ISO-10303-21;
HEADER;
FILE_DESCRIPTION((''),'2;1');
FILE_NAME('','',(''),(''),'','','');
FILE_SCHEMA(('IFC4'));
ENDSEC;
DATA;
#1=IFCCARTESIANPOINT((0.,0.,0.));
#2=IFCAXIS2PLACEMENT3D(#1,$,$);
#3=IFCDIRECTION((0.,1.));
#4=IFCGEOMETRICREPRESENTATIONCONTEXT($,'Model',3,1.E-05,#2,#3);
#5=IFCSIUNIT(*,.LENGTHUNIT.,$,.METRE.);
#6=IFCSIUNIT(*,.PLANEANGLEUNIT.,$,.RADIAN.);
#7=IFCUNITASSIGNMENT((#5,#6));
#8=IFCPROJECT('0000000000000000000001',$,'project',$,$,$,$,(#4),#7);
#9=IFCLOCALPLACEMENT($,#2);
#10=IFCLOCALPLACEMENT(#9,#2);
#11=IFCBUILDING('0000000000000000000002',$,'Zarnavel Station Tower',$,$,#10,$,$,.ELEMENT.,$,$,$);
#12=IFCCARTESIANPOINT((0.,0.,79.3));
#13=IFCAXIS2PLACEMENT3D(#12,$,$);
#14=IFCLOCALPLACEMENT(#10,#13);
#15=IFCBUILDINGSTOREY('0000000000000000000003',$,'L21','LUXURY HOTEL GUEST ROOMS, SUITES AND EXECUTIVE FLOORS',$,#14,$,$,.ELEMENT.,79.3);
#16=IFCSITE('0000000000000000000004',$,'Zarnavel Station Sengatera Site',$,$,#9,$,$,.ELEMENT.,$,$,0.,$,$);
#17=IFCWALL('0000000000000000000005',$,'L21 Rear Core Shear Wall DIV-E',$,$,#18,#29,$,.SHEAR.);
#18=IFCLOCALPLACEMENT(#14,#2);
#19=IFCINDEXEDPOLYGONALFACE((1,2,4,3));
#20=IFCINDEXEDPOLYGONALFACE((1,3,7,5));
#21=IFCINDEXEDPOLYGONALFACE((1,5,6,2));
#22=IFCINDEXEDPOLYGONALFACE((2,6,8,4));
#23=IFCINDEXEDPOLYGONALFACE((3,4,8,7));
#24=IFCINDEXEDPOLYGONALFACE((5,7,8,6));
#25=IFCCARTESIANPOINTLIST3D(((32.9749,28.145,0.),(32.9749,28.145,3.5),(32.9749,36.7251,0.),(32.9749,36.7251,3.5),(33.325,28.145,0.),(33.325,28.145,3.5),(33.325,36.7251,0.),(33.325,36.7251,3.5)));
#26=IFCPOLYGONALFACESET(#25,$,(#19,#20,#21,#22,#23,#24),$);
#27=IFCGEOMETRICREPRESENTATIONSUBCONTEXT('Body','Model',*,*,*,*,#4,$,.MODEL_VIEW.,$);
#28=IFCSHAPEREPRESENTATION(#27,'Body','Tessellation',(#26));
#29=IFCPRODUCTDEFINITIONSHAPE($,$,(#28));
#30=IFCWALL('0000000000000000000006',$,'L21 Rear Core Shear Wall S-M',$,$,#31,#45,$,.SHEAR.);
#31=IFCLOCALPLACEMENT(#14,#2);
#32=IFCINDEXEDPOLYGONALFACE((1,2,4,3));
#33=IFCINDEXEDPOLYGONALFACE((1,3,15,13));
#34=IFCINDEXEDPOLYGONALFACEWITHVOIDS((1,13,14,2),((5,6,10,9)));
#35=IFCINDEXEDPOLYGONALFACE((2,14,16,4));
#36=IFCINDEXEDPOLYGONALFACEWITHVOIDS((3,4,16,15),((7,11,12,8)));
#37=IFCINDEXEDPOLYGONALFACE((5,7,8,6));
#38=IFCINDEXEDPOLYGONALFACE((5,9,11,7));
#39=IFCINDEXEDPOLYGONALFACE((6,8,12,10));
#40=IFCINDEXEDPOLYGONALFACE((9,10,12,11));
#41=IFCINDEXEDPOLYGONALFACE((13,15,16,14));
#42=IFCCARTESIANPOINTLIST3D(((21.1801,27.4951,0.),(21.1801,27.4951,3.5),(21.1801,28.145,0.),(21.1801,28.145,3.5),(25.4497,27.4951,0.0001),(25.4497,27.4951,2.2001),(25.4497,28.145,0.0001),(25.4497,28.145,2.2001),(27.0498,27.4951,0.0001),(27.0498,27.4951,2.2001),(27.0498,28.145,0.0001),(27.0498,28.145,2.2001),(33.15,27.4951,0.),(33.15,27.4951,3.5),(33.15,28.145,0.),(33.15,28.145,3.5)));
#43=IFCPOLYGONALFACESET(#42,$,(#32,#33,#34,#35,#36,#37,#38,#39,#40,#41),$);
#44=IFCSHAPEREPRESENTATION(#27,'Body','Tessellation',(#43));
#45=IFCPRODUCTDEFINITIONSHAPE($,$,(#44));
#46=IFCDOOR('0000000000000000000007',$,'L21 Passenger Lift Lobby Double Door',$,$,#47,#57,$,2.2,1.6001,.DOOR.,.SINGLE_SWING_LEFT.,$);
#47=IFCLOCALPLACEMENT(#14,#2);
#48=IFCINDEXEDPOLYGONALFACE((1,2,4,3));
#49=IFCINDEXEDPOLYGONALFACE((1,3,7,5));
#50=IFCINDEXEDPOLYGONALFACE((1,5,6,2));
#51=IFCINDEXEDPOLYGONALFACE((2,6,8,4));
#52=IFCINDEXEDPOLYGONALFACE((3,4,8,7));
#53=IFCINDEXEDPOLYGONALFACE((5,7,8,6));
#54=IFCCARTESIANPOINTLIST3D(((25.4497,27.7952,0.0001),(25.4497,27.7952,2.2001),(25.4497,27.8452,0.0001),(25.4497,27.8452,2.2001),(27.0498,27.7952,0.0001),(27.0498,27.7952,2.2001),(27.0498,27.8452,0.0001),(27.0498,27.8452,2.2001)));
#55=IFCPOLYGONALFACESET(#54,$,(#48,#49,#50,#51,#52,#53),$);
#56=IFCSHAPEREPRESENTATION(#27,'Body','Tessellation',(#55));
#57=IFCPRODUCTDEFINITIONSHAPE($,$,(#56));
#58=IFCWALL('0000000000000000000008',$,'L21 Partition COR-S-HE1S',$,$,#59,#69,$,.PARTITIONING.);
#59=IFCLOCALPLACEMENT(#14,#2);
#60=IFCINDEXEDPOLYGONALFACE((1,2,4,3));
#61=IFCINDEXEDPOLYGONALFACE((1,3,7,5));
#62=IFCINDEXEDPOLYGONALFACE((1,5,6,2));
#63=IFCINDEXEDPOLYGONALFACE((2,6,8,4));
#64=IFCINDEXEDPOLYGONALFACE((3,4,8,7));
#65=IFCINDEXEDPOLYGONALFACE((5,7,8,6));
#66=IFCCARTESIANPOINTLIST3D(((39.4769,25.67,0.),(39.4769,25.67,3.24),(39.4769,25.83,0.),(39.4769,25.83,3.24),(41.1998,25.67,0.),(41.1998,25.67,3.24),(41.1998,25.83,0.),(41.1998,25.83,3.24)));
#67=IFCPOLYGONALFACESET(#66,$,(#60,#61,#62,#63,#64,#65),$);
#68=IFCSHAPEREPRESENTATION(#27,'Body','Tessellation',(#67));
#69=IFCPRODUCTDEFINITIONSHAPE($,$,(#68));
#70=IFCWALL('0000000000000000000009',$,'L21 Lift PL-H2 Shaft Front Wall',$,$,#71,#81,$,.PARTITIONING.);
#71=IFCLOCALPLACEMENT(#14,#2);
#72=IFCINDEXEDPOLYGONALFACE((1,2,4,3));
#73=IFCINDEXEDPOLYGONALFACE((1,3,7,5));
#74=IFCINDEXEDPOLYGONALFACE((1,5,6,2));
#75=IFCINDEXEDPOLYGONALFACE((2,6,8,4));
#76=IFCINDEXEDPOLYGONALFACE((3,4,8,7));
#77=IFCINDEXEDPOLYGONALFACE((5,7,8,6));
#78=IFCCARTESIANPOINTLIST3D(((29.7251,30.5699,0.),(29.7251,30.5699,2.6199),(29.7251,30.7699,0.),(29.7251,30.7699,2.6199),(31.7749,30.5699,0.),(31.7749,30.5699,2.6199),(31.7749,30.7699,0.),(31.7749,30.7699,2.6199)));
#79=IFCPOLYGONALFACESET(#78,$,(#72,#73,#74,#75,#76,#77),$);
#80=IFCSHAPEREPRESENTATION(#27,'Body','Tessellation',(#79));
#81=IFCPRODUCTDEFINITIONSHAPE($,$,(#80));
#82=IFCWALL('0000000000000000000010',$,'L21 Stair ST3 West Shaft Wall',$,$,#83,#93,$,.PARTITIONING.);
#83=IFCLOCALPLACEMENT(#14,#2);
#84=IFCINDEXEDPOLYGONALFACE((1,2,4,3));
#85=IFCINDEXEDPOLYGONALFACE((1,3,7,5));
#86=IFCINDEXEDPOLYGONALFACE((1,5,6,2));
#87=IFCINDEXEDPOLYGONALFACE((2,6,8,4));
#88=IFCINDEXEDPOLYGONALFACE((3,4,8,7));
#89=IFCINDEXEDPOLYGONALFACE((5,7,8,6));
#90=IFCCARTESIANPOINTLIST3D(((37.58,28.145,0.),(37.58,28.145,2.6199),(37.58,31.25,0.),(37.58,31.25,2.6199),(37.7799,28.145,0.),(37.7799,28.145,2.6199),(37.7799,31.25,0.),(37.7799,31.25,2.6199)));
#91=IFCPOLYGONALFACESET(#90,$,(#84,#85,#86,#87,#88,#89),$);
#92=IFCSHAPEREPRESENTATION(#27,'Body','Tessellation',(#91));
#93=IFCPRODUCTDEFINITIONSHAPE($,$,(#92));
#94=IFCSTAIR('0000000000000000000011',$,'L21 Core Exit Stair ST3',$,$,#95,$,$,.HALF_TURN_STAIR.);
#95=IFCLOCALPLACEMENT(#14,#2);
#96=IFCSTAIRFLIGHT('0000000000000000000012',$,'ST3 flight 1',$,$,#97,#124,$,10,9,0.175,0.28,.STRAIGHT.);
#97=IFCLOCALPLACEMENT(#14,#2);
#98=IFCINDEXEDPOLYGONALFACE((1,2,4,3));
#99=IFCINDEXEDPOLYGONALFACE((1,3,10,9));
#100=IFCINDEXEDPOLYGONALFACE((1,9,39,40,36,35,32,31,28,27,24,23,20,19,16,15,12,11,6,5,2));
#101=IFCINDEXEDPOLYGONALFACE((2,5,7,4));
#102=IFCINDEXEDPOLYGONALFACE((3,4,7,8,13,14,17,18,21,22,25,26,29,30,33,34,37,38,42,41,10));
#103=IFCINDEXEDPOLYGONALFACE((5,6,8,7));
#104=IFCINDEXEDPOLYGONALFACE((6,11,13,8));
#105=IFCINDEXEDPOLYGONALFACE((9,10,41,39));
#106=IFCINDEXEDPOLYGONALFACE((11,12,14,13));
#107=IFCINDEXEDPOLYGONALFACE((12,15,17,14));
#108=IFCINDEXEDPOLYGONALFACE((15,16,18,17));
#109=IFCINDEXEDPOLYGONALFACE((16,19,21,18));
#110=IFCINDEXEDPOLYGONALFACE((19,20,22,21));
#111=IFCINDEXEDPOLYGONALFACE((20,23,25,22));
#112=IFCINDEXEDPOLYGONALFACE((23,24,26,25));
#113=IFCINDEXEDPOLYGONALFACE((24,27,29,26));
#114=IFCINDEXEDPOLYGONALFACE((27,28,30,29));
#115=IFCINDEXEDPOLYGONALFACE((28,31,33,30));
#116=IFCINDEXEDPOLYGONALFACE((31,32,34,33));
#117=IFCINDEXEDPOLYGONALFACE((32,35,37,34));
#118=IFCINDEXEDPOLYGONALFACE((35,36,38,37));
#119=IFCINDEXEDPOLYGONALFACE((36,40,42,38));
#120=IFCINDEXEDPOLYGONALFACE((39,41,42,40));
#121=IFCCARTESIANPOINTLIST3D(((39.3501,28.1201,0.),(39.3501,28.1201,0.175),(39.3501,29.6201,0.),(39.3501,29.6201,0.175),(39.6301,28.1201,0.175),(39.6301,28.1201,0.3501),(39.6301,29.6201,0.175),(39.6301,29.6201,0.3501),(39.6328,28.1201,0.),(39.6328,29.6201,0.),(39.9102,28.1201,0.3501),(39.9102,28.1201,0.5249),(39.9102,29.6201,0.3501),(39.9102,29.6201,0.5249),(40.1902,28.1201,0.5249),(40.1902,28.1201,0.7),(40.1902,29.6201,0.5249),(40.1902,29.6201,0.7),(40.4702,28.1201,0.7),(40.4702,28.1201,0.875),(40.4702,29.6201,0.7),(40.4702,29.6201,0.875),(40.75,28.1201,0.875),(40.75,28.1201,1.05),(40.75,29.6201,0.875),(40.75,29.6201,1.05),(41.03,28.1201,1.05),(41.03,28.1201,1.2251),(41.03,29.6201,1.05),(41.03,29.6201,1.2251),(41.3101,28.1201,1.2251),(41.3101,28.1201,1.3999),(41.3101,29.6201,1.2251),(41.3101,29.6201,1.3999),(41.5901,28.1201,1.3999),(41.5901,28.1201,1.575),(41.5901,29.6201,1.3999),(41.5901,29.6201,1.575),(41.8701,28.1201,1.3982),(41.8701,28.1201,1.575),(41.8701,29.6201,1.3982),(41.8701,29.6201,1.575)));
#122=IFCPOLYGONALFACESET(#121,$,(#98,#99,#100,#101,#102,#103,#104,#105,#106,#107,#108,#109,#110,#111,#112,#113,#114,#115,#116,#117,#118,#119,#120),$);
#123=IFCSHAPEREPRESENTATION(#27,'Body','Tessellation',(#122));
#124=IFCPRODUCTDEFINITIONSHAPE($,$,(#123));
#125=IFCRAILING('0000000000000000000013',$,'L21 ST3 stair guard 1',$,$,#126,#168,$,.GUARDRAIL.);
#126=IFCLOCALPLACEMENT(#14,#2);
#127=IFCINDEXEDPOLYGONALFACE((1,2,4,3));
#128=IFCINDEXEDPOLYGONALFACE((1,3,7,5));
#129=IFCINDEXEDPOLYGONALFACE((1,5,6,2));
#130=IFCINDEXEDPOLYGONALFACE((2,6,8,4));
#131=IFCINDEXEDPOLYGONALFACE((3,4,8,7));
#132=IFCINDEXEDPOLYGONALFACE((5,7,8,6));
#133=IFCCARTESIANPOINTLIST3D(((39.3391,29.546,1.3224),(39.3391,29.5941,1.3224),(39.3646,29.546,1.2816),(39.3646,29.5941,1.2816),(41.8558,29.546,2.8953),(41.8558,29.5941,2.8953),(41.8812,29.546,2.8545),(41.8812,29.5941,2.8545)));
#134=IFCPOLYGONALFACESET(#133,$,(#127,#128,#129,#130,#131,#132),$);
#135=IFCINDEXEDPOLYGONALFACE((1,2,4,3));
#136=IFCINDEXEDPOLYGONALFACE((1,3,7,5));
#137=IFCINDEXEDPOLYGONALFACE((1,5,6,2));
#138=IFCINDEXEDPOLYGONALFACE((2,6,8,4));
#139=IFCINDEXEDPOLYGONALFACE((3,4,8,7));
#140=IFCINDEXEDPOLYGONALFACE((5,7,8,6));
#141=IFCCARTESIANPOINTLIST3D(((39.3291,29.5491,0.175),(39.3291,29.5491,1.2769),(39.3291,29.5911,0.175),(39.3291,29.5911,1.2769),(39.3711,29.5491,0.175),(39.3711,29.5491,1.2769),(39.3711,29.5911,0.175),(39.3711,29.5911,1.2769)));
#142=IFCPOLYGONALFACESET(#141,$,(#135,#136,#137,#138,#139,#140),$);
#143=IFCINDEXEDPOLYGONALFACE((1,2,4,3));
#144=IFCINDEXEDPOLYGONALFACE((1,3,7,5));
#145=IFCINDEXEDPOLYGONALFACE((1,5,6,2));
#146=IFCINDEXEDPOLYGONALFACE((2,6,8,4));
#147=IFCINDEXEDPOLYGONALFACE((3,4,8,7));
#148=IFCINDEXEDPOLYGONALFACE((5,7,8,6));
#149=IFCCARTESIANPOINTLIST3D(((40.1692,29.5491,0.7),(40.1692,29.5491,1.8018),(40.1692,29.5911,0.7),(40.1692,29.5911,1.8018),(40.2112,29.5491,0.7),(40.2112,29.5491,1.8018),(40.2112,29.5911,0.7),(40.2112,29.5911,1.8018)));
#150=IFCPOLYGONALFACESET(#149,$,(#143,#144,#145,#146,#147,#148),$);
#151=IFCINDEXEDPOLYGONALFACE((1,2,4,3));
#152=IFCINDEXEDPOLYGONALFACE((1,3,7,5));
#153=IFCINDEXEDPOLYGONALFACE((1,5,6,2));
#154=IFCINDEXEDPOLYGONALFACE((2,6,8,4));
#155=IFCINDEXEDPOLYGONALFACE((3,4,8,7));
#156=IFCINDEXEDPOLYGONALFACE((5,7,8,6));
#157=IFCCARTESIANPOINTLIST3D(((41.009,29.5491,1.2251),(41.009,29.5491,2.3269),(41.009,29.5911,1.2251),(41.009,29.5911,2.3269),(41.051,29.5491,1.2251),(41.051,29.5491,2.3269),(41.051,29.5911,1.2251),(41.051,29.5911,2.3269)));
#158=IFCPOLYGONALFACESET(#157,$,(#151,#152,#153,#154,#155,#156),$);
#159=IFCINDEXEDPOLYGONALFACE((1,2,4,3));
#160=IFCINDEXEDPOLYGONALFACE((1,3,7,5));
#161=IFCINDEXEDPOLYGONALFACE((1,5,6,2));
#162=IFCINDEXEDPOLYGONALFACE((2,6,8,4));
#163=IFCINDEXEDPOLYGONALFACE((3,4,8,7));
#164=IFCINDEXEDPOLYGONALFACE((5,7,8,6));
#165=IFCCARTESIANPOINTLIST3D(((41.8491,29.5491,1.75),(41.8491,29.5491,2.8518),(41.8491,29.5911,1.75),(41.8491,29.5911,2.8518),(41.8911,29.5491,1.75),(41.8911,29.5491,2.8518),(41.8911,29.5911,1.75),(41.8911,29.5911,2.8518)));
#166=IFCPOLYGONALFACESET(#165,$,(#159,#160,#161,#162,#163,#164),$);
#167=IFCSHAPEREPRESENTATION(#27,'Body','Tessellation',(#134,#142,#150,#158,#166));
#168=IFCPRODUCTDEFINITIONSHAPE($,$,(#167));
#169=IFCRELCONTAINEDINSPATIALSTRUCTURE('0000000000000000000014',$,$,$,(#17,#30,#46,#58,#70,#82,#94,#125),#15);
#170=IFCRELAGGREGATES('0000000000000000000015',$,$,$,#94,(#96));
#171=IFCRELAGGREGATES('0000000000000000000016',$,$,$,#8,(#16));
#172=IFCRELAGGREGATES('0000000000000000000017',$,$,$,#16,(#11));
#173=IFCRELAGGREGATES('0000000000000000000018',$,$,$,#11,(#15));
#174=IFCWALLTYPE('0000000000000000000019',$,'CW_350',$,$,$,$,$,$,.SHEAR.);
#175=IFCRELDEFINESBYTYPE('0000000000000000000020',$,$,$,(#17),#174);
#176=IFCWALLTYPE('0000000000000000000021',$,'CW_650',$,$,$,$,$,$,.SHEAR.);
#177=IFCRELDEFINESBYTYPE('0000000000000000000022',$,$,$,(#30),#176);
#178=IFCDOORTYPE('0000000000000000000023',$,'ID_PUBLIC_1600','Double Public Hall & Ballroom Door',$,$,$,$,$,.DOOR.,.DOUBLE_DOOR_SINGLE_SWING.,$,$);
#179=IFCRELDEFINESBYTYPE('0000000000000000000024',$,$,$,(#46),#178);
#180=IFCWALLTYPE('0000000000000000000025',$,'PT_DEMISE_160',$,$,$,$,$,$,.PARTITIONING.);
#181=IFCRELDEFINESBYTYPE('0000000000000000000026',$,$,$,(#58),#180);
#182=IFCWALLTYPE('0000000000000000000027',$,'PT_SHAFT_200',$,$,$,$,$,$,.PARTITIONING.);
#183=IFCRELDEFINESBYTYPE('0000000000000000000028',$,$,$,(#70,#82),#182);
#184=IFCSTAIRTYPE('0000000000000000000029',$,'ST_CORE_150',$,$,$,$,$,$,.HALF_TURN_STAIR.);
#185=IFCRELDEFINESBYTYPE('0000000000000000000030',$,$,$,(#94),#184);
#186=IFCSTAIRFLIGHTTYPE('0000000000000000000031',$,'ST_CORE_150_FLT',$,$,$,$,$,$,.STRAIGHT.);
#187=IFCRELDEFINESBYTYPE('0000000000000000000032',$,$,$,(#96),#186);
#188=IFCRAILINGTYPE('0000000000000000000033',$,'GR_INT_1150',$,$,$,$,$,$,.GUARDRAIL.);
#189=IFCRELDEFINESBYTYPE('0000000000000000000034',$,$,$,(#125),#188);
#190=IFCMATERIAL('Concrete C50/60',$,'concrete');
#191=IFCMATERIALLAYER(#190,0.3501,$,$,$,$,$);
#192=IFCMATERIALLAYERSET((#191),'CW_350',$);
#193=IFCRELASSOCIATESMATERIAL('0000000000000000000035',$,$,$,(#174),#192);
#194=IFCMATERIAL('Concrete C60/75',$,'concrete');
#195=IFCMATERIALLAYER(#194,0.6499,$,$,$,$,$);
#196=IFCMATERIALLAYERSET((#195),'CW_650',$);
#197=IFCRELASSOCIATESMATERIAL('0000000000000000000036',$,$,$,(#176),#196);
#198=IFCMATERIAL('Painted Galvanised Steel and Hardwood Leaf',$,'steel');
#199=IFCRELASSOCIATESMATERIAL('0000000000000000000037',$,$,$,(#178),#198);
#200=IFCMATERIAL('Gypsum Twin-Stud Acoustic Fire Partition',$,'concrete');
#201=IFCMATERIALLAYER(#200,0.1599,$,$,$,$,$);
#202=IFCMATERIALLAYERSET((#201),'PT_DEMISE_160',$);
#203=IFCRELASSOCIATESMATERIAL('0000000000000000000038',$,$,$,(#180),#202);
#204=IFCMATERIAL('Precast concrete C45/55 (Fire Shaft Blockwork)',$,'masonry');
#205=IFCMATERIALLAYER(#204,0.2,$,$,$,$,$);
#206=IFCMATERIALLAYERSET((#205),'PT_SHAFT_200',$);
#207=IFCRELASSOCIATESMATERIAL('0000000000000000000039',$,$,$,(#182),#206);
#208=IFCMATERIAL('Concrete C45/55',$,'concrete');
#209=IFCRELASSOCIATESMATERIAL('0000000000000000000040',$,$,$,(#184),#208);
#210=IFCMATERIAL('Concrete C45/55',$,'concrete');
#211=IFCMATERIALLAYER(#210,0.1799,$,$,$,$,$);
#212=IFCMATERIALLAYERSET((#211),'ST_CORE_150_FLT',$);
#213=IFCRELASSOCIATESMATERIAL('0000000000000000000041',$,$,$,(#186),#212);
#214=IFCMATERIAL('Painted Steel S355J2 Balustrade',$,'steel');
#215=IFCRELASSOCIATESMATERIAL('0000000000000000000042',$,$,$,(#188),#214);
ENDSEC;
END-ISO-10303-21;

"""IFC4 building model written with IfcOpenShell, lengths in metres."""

from ifc_helpers import new_model, si_unit, direction, frame, frame_2d, origin, origin_2d, place, context, subcontext, project, spatial, polyline, rectangle, outline, extrude, material, layer, layer_set, type_object, element, fill, aggregate, save


model = new_model("IFC4")

# Units and contexts
model_context = context("Model", 3, precision=1e-05, world=origin(), true_north=direction((0.0, 1.0)))
body_context = subcontext(model_context, "Body", "Model", "MODEL_VIEW")
ifc_project = project(units=[si_unit("LENGTHUNIT", "METRE"), si_unit("PLANEANGLEUNIT", "RADIAN")], contexts=[model_context])

# Site, building, storey
site_placement = place(None, origin())
site = spatial("IfcSite", under=ifc_project, at=site_placement, Name="Zarnavel Station Sengatera Site", CompositionType="ELEMENT", RefElevation=0.0)
building_placement = place(site_placement, origin())
building = spatial("IfcBuilding", under=site, at=building_placement, Name="Zarnavel Station Tower", CompositionType="ELEMENT")
storey_placement = place(building_placement, frame((0.0, 0.0, 79.3)))
storey = spatial("IfcBuildingStorey", under=building, at=storey_placement, Name="L21", Description="LUXURY HOTEL GUEST ROOMS, SUITES AND EXECUTIVE FLOORS", CompositionType="ELEMENT", Elevation=79.3)

# Wall
ifc_material_1 = material(Name="Concrete C50/60", Category="concrete")
ifc_layer_1 = layer(ifc_material_1, 0.3501)
ifc_layer_set_1 = layer_set([ifc_layer_1], Name="CW_350")
wall_type_1 = type_object("IfcWallType", Name="CW_350", PredefinedType="SHEAR", material=ifc_layer_set_1)
wall_1_placement = place(storey_placement, frame((33.1499, 28.145, 0.0), z_axis=(0.0, 0.0, 1.0), x_axis=(0.0, 1.0, 0.0)))
element("IfcWall", 1, at=wall_1_placement, inside=storey, type_object=wall_type_1, Name="L21 Rear Core Shear Wall DIV-E", PredefinedType="SHEAR", context=body_context, shape_type="SweptSolid", body=[
    extrude(rectangle(XDim=8.5801, YDim=0.3501, at=frame_2d((4.29, 0.0))), origin(), (0.0, 0.0, 1.0), 3.5),
])

# Wall, opening, door
ifc_material_2 = material(Name="Concrete C60/75", Category="concrete")
ifc_layer_2 = layer(ifc_material_2, 0.6499)
ifc_layer_set_2 = layer_set([ifc_layer_2], Name="CW_650")
wall_type_2 = type_object("IfcWallType", Name="CW_650", PredefinedType="SHEAR", material=ifc_layer_set_2)
wall_2_placement = place(storey_placement, frame((33.1499, 27.8201, 0.0), z_axis=(0.0, 0.0, 1.0), x_axis=(-1.0, 0.0, 0.0)))
wall_2 = element("IfcWall", 2, at=wall_2_placement, inside=storey, type_object=wall_type_2, Name="L21 Rear Core Shear Wall S-M", PredefinedType="SHEAR", context=body_context, shape_type="SweptSolid", body=[
    extrude(rectangle(XDim=11.97, YDim=0.6499, at=frame_2d((5.9849, 0.0))), origin(), (0.0, 0.0, 1.0), 3.5),
])
opening_1_placement = place(wall_2_placement, frame((6.1001, 0.0, 0.0)))
opening_1 = element("IfcOpeningElement", 3, at=opening_1_placement, cuts=wall_2, PredefinedType="OPENING", context=body_context, shape_type="SweptSolid", body=[
    extrude(rectangle(XDim=1.6001, YDim=2.2, at=frame_2d((0.8, 1.1001))), frame((0.0, 0.335, 0.0), z_axis=(0.0, -1.0, 0.0), x_axis=(1.0, 0.0, 0.0)), (0.0, 0.0, 1.0), 0.6699),
])
ifc_material_3 = material(Name="Painted Galvanised Steel and Hardwood Leaf", Category="steel")
door_type_1 = type_object("IfcDoorType", Name="ID_PUBLIC_1600", Description="Double Public Hall & Ballroom Door", OperationType="DOUBLE_DOOR_SINGLE_SWING", PredefinedType="DOOR", material=ifc_material_3)
door_1_placement = place(opening_1_placement, origin())
door_1 = element("IfcDoor", 4, at=door_1_placement, inside=storey, type_object=door_type_1, Name="L21 Passenger Lift Lobby Double Door", OperationType="SINGLE_SWING_LEFT", OverallHeight=2.2, OverallWidth=1.6001, PredefinedType="DOOR", context=body_context, shape_type="SweptSolid", body=[
    extrude(rectangle(XDim=1.6001, YDim=2.2, at=frame_2d((0.8, 1.1001))), frame((0.0, 0.0249, 0.0), z_axis=(0.0, -1.0, 0.0), x_axis=(1.0, 0.0, 0.0)), (0.0, 0.0, 1.0), 0.05),
])
fill(opening_1, door_1)
ifc_material_4 = material(Name="Gypsum Twin-Stud Acoustic Fire Partition", Category="concrete")
ifc_layer_3 = layer(ifc_material_4, 0.1599)
ifc_layer_set_3 = layer_set([ifc_layer_3], Name="PT_DEMISE_160")
wall_type_3 = type_object("IfcWallType", Name="PT_DEMISE_160", PredefinedType="PARTITIONING", material=ifc_layer_set_3)

# Walls
wall_3_placement = place(storey_placement, frame((39.4771, 25.75, 0.0), z_axis=(0.0, 0.0, 1.0), x_axis=(1.0, 0.0, 0.0)))
element("IfcWall", 5, at=wall_3_placement, inside=storey, type_object=wall_type_3, Name="L21 Partition COR-S-HE1S", PredefinedType="PARTITIONING", context=body_context, shape_type="SweptSolid", body=[
    extrude(rectangle(XDim=1.7229, YDim=0.1599, at=frame_2d((0.8613, 0.0))), origin(), (0.0, 0.0, 1.0), 3.24),
])
ifc_material_5 = material(Name="Precast concrete C45/55 (Fire Shaft Blockwork)", Category="masonry")
ifc_layer_4 = layer(ifc_material_5, 0.2)
ifc_layer_set_4 = layer_set([ifc_layer_4], Name="PT_SHAFT_200")
wall_type_4 = type_object("IfcWallType", Name="PT_SHAFT_200", PredefinedType="PARTITIONING", material=ifc_layer_set_4)
wall_4_placement = place(storey_placement, frame((29.7251, 30.6699, 0.0), z_axis=(0.0, 0.0, 1.0), x_axis=(1.0, 0.0, 0.0)))
element("IfcWall", 6, at=wall_4_placement, inside=storey, type_object=wall_type_4, Name="L21 Lift PL-H2 Shaft Front Wall", PredefinedType="PARTITIONING", context=body_context, shape_type="SweptSolid", body=[
    extrude(rectangle(XDim=2.0498, YDim=0.2, at=frame_2d((1.0249, 0.0))), origin(), (0.0, 0.0, 1.0), 2.6199),
])
wall_5_placement = place(storey_placement, frame((37.6799, 28.145, 0.0), z_axis=(0.0, 0.0, 1.0), x_axis=(0.0, 1.0, 0.0)))
element("IfcWall", 7, at=wall_5_placement, inside=storey, type_object=wall_type_4, Name="L21 Stair ST3 West Shaft Wall", PredefinedType="PARTITIONING", context=body_context, shape_type="SweptSolid", body=[
    extrude(rectangle(XDim=3.105, YDim=0.2, at=frame_2d((1.5525, 0.0))), origin(), (0.0, 0.0, 1.0), 2.6199),
])

# Stair, stair flight
ifc_material_6 = material(Name="Concrete C45/55", Category="concrete")
stair_type = type_object("IfcStairType", Name="ST_CORE_150", PredefinedType="HALF_TURN_STAIR", material=ifc_material_6)
stair_placement = place(storey_placement, origin())
stair = element("IfcStair", 8, at=stair_placement, inside=storey, type_object=stair_type, Name="L21 Core Exit Stair ST3", PredefinedType="HALF_TURN_STAIR")
ifc_material_7 = material(Name="Concrete C45/55", Category="concrete")
ifc_layer_5 = layer(ifc_material_7, 0.1799)
ifc_layer_set_5 = layer_set([ifc_layer_5], Name="ST_CORE_150_FLT")
stair_flight_type = type_object("IfcStairFlightType", Name="ST_CORE_150_FLT", PredefinedType="STRAIGHT", material=ifc_layer_set_5)
stair_flight_placement = place(storey_placement, frame((39.3501, 28.8701, 0.0), z_axis=(0.0, 0.0, 1.0), x_axis=(1.0, 0.0, 0.0)))
stair_flight = element("IfcStairFlight", 9, at=stair_flight_placement, type_object=stair_flight_type, Name="ST3 flight 1", NumberOfRisers=10, NumberOfTreads=9, PredefinedType="STRAIGHT", RiserHeight=0.175, TreadLength=0.28, context=body_context, shape_type="SweptSolid", body=[
    extrude(outline(polyline([(0.0, 0.0), (0.0, 0.175), (0.28, 0.175), (0.28, 0.3501), (0.5601, 0.3501), (0.5601, 0.5249), (0.8401, 0.5249), (0.8401, 0.7), (1.1201, 0.7), (1.1201, 0.875), (1.3999, 0.875), (1.3999, 1.05), (1.6799, 1.05), (1.6799, 1.2251), (1.96, 1.2251), (1.96, 1.3999), (2.24, 1.3999), (2.24, 1.575), (2.52, 1.575), (2.52, 1.75), (2.52, 1.3982), (0.2827, 0.0), (0.0, 0.0)])), frame((0.0, 0.75, 0.0), z_axis=(0.0, -1.0, 0.0), x_axis=(1.0, 0.0, 0.0)), (0.0, 0.0, 1.0), 1.5),
])
aggregate(stair, [stair_flight])

# Railing
ifc_material_8 = material(Name="Painted Steel S355J2 Balustrade", Category="steel")
railing_type_1 = type_object("IfcRailingType", Name="GR_INT_1150", PredefinedType="GUARDRAIL", material=ifc_material_8)
railing_1_placement = place(storey_placement, frame((39.3501, 29.5701, 0.175)))
element("IfcRailing", 10, at=railing_1_placement, inside=storey, type_object=railing_type_1, Name="L21 ST3 stair guard 1", PredefinedType="GUARDRAIL", context=body_context, shape_type="SweptSolid", body=[
    extrude(rectangle(XDim=0.0481, YDim=0.0481, at=origin_2d()), frame((0.0017, 0.0, 1.127), z_axis=(0.848008, 0.0, 0.529984), x_axis=(0.0, 1.0, 0.0)), (0.0, 0.0, 1.0), 2.9678),
    extrude(rectangle(XDim=0.042, YDim=0.042, at=origin_2d()), origin(), (0.0, 0.0, 1.0), 1.1018),
    extrude(rectangle(XDim=0.042, YDim=0.042, at=origin_2d()), frame((0.8401, 0.0, 0.5249)), (0.0, 0.0, 1.0), 1.1018),
    extrude(rectangle(XDim=0.042, YDim=0.042, at=origin_2d()), frame((1.6799, 0.0, 1.05)), (0.0, 0.0, 1.0), 1.1018),
    extrude(rectangle(XDim=0.042, YDim=0.042, at=origin_2d()), frame((2.52, 0.0, 1.575)), (0.0, 0.0, 1.0), 1.1018),
])

save(model, "model.ifc")
